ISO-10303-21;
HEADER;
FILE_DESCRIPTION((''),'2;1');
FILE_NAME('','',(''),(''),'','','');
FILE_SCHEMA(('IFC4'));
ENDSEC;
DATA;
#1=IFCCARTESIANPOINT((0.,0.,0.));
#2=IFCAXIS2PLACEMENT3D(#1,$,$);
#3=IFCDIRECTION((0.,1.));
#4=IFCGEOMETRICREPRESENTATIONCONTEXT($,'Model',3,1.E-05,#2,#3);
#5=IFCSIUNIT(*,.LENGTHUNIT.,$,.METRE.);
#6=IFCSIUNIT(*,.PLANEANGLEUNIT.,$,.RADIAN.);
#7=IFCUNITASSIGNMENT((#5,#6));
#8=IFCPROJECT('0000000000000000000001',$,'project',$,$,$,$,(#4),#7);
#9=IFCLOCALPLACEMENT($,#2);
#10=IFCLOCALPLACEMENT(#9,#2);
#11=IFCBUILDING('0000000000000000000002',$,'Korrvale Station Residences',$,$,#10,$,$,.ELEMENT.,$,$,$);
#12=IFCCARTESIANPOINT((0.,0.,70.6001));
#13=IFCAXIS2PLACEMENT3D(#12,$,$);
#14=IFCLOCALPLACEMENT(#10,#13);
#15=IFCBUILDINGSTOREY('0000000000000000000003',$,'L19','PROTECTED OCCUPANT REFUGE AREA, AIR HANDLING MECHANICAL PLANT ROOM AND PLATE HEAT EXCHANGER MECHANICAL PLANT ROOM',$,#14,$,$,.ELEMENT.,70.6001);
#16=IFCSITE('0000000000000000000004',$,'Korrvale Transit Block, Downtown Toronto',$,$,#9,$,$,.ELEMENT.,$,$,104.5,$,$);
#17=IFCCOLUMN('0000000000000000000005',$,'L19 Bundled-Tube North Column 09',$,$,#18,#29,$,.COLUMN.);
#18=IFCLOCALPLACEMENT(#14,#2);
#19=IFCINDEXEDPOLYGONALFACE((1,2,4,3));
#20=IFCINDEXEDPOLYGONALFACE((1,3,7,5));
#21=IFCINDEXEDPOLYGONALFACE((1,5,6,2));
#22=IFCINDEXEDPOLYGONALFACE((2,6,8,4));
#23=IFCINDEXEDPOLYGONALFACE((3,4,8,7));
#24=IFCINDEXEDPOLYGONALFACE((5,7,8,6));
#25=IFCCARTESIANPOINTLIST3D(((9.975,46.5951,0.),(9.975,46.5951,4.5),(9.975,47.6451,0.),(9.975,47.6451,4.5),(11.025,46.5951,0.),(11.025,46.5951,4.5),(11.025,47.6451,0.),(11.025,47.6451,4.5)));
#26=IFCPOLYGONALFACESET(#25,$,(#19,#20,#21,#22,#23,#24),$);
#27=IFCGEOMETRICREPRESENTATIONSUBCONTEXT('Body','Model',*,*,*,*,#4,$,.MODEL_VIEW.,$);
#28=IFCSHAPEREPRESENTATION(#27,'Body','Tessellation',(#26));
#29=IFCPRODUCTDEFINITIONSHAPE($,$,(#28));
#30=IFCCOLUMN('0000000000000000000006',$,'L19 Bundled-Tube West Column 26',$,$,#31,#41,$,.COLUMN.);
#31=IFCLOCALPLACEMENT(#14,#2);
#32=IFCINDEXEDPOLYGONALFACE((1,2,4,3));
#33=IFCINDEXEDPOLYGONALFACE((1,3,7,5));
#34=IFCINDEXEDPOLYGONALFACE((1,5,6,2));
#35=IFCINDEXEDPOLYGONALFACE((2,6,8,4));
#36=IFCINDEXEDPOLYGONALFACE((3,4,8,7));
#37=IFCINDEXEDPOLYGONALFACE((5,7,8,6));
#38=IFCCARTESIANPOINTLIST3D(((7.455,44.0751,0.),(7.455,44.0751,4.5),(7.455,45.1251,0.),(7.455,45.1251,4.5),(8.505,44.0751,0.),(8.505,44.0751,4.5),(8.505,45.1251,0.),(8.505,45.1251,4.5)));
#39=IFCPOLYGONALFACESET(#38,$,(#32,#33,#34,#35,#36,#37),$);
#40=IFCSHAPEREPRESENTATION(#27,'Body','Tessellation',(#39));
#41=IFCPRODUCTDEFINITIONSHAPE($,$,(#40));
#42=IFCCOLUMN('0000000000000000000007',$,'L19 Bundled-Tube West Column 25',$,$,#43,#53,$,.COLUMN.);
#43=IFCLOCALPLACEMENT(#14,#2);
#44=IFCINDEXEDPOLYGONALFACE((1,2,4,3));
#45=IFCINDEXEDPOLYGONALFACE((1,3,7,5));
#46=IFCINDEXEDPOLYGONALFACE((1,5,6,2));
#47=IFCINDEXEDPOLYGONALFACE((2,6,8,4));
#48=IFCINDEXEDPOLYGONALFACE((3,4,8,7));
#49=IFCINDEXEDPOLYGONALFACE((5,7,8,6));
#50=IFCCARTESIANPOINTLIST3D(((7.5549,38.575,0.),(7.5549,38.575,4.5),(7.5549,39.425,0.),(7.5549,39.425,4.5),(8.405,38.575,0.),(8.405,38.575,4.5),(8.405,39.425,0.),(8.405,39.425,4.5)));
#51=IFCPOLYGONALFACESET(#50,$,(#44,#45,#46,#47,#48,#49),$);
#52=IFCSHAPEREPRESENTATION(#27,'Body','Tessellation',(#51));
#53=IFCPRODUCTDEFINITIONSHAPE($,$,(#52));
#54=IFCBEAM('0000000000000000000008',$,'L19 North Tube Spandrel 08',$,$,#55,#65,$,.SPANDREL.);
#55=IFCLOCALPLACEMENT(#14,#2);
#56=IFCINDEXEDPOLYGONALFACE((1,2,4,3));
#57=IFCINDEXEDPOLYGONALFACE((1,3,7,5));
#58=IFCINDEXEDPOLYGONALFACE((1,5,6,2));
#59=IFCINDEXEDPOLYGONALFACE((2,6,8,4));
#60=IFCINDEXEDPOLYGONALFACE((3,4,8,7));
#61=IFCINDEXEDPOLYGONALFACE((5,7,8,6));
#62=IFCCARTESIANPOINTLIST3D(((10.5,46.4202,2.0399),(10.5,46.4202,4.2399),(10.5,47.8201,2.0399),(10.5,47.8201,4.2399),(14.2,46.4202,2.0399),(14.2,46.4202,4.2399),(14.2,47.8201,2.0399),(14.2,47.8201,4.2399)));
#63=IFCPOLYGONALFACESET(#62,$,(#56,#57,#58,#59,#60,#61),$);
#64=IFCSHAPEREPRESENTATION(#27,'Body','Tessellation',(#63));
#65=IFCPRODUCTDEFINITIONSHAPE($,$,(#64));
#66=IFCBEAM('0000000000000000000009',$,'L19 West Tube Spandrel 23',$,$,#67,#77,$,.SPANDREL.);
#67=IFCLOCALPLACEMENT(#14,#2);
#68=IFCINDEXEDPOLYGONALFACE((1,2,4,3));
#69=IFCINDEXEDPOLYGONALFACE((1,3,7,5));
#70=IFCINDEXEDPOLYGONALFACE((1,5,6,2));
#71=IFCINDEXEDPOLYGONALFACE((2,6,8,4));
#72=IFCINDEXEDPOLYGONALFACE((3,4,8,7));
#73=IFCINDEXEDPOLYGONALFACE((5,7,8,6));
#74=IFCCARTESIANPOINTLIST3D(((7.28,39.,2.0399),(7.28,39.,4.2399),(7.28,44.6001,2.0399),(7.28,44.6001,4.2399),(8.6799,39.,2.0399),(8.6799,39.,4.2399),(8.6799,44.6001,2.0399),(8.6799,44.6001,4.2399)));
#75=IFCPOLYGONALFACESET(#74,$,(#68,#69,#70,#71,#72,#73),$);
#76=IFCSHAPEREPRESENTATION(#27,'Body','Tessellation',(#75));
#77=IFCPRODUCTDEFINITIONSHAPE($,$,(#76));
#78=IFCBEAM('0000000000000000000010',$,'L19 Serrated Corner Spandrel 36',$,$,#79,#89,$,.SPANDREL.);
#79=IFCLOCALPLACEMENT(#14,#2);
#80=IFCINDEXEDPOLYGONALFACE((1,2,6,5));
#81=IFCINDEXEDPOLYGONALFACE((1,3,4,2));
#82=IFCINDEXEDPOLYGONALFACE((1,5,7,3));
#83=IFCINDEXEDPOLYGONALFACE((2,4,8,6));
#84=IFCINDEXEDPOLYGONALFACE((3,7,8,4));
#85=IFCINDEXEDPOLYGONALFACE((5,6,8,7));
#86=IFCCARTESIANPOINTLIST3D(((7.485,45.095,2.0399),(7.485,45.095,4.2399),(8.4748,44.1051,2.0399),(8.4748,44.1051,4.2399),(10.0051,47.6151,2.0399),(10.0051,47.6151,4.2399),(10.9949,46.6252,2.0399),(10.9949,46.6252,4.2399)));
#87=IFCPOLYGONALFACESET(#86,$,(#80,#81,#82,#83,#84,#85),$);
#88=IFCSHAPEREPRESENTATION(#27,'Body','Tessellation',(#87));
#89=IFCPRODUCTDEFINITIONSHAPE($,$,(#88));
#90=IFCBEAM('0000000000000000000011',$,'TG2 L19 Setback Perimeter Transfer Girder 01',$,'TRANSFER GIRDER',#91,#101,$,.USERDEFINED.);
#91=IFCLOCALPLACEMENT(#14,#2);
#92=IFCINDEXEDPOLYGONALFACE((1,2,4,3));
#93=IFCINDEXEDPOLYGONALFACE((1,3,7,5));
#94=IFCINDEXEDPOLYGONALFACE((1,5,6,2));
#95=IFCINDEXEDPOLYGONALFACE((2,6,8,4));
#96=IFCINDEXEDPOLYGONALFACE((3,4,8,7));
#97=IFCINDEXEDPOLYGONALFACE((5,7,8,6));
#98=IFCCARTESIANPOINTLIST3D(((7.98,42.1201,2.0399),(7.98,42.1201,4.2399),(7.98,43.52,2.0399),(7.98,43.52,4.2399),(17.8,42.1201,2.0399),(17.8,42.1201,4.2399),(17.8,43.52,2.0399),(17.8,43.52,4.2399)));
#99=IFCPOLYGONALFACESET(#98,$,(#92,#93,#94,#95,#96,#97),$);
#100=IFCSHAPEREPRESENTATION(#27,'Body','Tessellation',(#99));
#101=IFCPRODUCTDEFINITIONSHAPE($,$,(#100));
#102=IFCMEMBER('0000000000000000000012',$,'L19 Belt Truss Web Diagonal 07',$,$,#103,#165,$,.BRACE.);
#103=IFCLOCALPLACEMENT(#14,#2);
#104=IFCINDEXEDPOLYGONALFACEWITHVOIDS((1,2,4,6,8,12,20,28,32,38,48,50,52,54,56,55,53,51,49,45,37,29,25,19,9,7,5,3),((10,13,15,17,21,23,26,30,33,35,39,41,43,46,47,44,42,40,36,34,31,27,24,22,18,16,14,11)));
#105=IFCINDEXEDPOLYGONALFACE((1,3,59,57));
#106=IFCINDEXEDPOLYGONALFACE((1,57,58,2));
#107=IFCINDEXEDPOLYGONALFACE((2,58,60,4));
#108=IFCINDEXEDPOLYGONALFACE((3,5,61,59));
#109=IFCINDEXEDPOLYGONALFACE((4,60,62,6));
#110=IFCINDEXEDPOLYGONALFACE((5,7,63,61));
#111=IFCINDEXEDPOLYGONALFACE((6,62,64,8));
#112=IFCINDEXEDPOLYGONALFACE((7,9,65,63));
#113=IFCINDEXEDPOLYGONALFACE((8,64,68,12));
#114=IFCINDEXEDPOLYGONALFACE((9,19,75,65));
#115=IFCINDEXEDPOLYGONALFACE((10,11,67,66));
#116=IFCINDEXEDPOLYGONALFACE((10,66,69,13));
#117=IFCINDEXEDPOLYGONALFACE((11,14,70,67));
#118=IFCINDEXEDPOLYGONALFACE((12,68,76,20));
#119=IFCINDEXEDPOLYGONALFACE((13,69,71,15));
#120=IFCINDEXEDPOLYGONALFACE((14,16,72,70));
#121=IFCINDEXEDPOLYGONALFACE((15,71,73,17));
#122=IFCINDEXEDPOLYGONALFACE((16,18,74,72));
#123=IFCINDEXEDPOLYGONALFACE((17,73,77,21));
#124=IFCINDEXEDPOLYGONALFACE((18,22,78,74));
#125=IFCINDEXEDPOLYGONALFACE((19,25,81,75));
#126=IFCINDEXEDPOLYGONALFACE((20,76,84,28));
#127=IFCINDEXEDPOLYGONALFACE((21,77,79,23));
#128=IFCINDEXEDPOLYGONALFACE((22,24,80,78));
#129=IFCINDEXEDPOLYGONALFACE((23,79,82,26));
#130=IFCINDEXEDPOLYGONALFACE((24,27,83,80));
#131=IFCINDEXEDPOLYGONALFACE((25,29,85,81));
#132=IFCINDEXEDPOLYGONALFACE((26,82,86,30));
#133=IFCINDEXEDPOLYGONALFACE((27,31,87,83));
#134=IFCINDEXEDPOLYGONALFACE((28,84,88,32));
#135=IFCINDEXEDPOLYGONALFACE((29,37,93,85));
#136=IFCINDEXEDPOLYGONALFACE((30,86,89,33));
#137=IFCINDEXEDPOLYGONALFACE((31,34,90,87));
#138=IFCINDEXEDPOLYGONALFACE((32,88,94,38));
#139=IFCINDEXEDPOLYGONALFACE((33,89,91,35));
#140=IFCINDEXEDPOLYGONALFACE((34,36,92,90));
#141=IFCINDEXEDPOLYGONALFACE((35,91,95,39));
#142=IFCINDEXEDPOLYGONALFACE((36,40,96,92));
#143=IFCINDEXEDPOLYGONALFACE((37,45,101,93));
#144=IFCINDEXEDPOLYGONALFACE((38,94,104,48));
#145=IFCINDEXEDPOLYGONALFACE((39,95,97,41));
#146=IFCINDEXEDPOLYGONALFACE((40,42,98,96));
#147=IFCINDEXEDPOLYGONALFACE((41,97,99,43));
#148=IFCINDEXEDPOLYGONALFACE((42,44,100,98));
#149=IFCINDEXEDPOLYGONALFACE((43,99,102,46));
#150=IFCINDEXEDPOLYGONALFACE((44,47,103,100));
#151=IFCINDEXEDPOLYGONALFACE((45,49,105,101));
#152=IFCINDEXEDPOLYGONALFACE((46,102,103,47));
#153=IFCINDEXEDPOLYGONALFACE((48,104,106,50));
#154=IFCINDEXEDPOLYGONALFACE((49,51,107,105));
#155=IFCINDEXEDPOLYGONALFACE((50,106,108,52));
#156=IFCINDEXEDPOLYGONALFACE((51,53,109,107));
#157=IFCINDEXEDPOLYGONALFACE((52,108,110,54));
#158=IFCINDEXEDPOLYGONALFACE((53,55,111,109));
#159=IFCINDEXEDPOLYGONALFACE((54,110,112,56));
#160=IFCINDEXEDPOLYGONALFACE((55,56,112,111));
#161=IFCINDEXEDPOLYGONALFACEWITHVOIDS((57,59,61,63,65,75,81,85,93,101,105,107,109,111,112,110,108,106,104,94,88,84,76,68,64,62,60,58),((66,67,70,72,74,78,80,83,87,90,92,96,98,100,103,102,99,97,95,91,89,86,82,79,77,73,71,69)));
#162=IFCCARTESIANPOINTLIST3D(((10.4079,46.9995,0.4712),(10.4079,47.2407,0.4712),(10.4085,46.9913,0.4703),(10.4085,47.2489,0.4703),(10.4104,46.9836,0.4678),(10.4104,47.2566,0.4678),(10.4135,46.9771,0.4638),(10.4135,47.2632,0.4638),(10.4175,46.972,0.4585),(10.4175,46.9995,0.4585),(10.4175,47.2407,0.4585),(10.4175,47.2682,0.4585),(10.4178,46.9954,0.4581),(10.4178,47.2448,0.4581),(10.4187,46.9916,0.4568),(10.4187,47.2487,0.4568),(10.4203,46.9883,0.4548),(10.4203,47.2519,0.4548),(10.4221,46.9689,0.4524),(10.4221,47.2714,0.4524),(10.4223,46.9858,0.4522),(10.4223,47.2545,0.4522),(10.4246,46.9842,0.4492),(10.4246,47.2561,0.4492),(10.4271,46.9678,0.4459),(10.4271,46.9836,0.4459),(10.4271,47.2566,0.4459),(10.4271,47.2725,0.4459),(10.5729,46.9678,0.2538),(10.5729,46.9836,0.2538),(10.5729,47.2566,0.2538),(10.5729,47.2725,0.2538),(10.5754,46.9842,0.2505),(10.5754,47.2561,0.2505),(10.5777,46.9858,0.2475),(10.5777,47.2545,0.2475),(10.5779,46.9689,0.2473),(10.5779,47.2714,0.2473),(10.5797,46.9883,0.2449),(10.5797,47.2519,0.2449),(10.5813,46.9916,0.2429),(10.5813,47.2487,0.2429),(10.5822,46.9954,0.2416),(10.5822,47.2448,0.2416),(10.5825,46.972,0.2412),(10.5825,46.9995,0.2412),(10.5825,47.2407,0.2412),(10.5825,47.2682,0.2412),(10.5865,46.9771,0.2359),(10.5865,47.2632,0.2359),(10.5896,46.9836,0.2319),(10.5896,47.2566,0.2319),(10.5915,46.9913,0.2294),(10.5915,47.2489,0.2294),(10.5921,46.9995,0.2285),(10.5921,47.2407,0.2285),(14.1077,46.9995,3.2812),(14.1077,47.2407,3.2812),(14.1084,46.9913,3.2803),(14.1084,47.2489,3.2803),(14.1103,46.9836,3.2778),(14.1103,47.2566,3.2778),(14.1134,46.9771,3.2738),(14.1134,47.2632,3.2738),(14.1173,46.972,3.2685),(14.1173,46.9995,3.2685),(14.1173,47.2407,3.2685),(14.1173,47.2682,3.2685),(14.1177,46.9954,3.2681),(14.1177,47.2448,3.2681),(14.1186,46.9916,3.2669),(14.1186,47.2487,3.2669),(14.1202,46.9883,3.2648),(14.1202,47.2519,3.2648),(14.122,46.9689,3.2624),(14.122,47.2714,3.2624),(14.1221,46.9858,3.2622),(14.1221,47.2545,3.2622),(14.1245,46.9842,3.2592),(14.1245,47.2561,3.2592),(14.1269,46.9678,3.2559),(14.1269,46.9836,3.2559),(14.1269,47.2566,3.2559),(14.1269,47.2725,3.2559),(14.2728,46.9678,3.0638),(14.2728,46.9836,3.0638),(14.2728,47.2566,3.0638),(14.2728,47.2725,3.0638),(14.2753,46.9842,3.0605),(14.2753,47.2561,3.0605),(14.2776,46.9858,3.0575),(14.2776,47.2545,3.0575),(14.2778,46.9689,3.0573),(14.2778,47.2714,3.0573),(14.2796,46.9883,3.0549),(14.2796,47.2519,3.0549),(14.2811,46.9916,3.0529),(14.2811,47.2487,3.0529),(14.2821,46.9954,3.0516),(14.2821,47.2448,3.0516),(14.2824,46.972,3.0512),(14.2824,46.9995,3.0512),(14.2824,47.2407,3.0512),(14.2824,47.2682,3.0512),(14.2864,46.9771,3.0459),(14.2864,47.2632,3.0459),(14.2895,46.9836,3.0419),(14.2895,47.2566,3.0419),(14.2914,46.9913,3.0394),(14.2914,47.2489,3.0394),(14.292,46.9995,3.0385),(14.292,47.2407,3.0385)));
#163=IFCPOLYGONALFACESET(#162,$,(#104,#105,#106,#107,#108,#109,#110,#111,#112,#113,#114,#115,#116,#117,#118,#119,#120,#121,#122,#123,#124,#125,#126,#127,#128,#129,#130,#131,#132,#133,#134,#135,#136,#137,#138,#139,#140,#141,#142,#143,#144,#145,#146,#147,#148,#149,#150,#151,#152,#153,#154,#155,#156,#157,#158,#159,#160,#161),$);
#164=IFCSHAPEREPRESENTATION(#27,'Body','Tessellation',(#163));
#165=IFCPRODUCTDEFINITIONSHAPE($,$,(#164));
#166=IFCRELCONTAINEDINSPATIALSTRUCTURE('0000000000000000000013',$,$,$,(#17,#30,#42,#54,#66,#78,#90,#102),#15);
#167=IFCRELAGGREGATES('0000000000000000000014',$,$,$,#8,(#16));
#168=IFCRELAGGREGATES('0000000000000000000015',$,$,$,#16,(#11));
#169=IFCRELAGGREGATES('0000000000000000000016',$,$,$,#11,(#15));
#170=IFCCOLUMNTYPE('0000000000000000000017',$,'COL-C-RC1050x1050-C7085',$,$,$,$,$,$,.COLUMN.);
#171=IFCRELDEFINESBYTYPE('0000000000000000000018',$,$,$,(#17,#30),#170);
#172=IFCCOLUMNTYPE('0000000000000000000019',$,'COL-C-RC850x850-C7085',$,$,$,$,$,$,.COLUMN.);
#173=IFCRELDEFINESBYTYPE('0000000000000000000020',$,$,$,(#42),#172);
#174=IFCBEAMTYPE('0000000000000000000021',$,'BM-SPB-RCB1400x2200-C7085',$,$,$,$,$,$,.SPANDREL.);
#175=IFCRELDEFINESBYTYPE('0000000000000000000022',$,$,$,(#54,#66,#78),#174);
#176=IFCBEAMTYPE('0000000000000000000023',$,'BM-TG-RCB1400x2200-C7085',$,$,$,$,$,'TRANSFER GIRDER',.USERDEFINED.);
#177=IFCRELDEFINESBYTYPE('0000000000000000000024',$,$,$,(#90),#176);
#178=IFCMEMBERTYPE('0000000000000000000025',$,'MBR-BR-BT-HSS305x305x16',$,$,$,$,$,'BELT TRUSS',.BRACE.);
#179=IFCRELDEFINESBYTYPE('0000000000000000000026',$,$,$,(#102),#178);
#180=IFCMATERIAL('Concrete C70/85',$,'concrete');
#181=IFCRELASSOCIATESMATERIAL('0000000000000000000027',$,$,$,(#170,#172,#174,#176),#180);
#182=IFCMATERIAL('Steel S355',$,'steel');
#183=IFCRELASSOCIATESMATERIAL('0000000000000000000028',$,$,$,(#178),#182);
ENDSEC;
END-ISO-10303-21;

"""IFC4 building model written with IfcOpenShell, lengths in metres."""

from ifc_helpers import new_model, si_unit, direction, frame, origin, origin_2d, place, context, subcontext, project, spatial, rectangle, hollow_rectangle, extrude, material, material_profile, profile_set, type_object, element, save


model = new_model("IFC4")

# Units and contexts
model_context = context("Model", 3, precision=1e-05, world=origin(), true_north=direction((0.0, 1.0)))
body_context = subcontext(model_context, "Body", "Model", "MODEL_VIEW")
ifc_project = project(units=[si_unit("LENGTHUNIT", "METRE"), si_unit("PLANEANGLEUNIT", "RADIAN")], contexts=[model_context])

# Site, building, storey
site_placement = place(None, origin())
site = spatial("IfcSite", under=ifc_project, at=site_placement, Name="Korrvale Transit Block, Downtown Toronto", CompositionType="ELEMENT", RefElevation=104.5)
building_placement = place(site_placement, origin())
building = spatial("IfcBuilding", under=site, at=building_placement, Name="Korrvale Station Residences", CompositionType="ELEMENT")
storey_placement = place(building_placement, frame((0.0, 0.0, 70.6001)))
storey = spatial("IfcBuildingStorey", under=building, at=storey_placement, Name="L19", Description="PROTECTED OCCUPANT REFUGE AREA, AIR HANDLING MECHANICAL PLANT ROOM AND PLATE HEAT EXCHANGER MECHANICAL PLANT ROOM", CompositionType="ELEMENT", Elevation=70.6001)

# Columns
ifc_material_1 = material(Name="Concrete C70/85", Category="concrete")
ifc_material_profile_1 = material_profile(ifc_material_1, rectangle(XDim=1.05, YDim=1.05, at=origin_2d()), Name="RC1050x1050")
ifc_profile_set_1 = profile_set([ifc_material_profile_1], Name="Concrete C70/85")
column_type_1 = type_object("IfcColumnType", Name="COL-C-RC1050x1050-C7085", PredefinedType="COLUMN", material=ifc_profile_set_1)
for number, where, z_axis, x_axis, name in (
    (1, (10.5, 47.1201, 0.0), (0.0, 0.0, 1.0), (1.0, 0.0, 0.0), "L19 Bundled-Tube North Column 09"),
    (2, (7.98, 44.6001, 0.0), (0.0, 0.0, 1.0), (1.0, 0.0, 0.0), "L19 Bundled-Tube West Column 26"),
):
    element("IfcColumn", number, at=place(storey_placement, frame(where, z_axis=z_axis, x_axis=x_axis)), inside=storey, type_object=column_type_1, Name=name, PredefinedType="COLUMN", context=body_context, shape_type="SweptSolid", body=[
        extrude(rectangle(XDim=1.05, YDim=1.05, at=origin_2d()), origin(), (0.0, 0.0, 1.0), 4.5),
    ])
ifc_material_profile_2 = material_profile(ifc_material_1, rectangle(XDim=0.8501, YDim=0.8501, at=origin_2d()), Name="RC850x850")
ifc_profile_set_2 = profile_set([ifc_material_profile_2], Name="Concrete C70/85")
column_type_2 = type_object("IfcColumnType", Name="COL-C-RC850x850-C7085", PredefinedType="COLUMN", material=ifc_profile_set_2)
column_placement = place(storey_placement, frame((7.98, 39.0, 0.0), z_axis=(0.0, 0.0, 1.0), x_axis=(1.0, 0.0, 0.0)))
element("IfcColumn", 3, at=column_placement, inside=storey, type_object=column_type_2, Name="L19 Bundled-Tube West Column 25", PredefinedType="COLUMN", context=body_context, shape_type="SweptSolid", body=[
    extrude(rectangle(XDim=0.8501, YDim=0.8501, at=origin_2d()), origin(), (0.0, 0.0, 1.0), 4.5),
])

# Beams
ifc_material_profile_3 = material_profile(ifc_material_1, rectangle(XDim=1.3999, YDim=2.2, at=origin_2d()), Name="RCB1400x2200")
ifc_profile_set_3 = profile_set([ifc_material_profile_3], Name="Concrete C70/85")
beam_type_1 = type_object("IfcBeamType", Name="BM-SPB-RCB1400x2200-C7085", PredefinedType="SPANDREL", material=ifc_profile_set_3)
beam_1_placement = place(storey_placement, frame((10.5, 47.1201, 3.1399), z_axis=(1.0, 0.0, 0.0), x_axis=(0.0, 1.0, 0.0)))
element("IfcBeam", 4, at=beam_1_placement, inside=storey, type_object=beam_type_1, Name="L19 North Tube Spandrel 08", PredefinedType="SPANDREL", context=body_context, shape_type="SweptSolid", body=[
    extrude(rectangle(XDim=1.3999, YDim=2.2, at=origin_2d()), origin(), (0.0, 0.0, 1.0), 3.7),
])
beam_2_placement = place(storey_placement, frame((7.98, 39.0, 3.1399), z_axis=(0.0, 1.0, 0.0), x_axis=(-1.0, 0.0, 0.0)))
element("IfcBeam", 5, at=beam_2_placement, inside=storey, type_object=beam_type_1, Name="L19 West Tube Spandrel 23", PredefinedType="SPANDREL", context=body_context, shape_type="SweptSolid", body=[
    extrude(rectangle(XDim=1.3999, YDim=2.2, at=origin_2d()), origin(), (0.0, 0.0, 1.0), 5.6001),
])
beam_3_placement = place(storey_placement, frame((10.5, 47.1201, 3.1399), z_axis=(-0.707107, -0.707107, 0.0), x_axis=(0.707107, -0.707107, 0.0)))
element("IfcBeam", 6, at=beam_3_placement, inside=storey, type_object=beam_type_1, Name="L19 Serrated Corner Spandrel 36", PredefinedType="SPANDREL", context=body_context, shape_type="SweptSolid", body=[
    extrude(rectangle(XDim=1.3999, YDim=2.2, at=origin_2d()), origin(), (0.0, 0.0, 1.0), 3.564),
])
ifc_material_profile_4 = material_profile(ifc_material_1, rectangle(XDim=1.3999, YDim=2.2, at=origin_2d()), Name="RCB1400x2200")
ifc_profile_set_4 = profile_set([ifc_material_profile_4], Name="Concrete C70/85")
beam_type_2 = type_object("IfcBeamType", Name="BM-TG-RCB1400x2200-C7085", ElementType="TRANSFER GIRDER", PredefinedType="USERDEFINED", material=ifc_profile_set_4)
beam_4_placement = place(storey_placement, frame((7.98, 42.8201, 3.1399), z_axis=(1.0, 0.0, 0.0), x_axis=(0.0, 1.0, 0.0)))
element("IfcBeam", 7, at=beam_4_placement, inside=storey, type_object=beam_type_2, Name="TG2 L19 Setback Perimeter Transfer Girder 01", ObjectType="TRANSFER GIRDER", PredefinedType="USERDEFINED", context=body_context, shape_type="SweptSolid", body=[
    extrude(rectangle(XDim=1.3999, YDim=2.2, at=origin_2d()), origin(), (0.0, 0.0, 1.0), 9.8201),
])

# Member
ifc_material_2 = material(Name="Steel S355", Category="steel")
ifc_material_profile_5 = material_profile(ifc_material_2, hollow_rectangle(XDim=0.3047, YDim=0.3047, WallThickness=0.0159, InnerFilletRadius=0.0159, OuterFilletRadius=0.0317, at=origin_2d()), Name="HSS305x305x16")
ifc_profile_set_5 = profile_set([ifc_material_profile_5], Name="Steel S355")
member_type_1 = type_object("IfcMemberType", Name="MBR-BR-BT-HSS305x305x16", ElementType="BELT TRUSS", PredefinedType="BRACE", material=ifc_profile_set_5)
member_1_placement = place(storey_placement, frame((10.5, 47.1201, 0.3499), z_axis=(0.79636, 0.0, 0.604823), x_axis=(0.0, 1.0, 0.0)))
element("IfcMember", 8, at=member_1_placement, inside=storey, type_object=member_type_1, Name="L19 Belt Truss Web Diagonal 07", PredefinedType="BRACE", context=body_context, shape_type="SweptSolid", body=[
    extrude(hollow_rectangle(XDim=0.3047, YDim=0.3047, WallThickness=0.0159, InnerFilletRadius=0.0159, OuterFilletRadius=0.0317, at=origin_2d()), origin(), (0.0, 0.0, 1.0), 4.646),
])

save(model, "model.ifc")
